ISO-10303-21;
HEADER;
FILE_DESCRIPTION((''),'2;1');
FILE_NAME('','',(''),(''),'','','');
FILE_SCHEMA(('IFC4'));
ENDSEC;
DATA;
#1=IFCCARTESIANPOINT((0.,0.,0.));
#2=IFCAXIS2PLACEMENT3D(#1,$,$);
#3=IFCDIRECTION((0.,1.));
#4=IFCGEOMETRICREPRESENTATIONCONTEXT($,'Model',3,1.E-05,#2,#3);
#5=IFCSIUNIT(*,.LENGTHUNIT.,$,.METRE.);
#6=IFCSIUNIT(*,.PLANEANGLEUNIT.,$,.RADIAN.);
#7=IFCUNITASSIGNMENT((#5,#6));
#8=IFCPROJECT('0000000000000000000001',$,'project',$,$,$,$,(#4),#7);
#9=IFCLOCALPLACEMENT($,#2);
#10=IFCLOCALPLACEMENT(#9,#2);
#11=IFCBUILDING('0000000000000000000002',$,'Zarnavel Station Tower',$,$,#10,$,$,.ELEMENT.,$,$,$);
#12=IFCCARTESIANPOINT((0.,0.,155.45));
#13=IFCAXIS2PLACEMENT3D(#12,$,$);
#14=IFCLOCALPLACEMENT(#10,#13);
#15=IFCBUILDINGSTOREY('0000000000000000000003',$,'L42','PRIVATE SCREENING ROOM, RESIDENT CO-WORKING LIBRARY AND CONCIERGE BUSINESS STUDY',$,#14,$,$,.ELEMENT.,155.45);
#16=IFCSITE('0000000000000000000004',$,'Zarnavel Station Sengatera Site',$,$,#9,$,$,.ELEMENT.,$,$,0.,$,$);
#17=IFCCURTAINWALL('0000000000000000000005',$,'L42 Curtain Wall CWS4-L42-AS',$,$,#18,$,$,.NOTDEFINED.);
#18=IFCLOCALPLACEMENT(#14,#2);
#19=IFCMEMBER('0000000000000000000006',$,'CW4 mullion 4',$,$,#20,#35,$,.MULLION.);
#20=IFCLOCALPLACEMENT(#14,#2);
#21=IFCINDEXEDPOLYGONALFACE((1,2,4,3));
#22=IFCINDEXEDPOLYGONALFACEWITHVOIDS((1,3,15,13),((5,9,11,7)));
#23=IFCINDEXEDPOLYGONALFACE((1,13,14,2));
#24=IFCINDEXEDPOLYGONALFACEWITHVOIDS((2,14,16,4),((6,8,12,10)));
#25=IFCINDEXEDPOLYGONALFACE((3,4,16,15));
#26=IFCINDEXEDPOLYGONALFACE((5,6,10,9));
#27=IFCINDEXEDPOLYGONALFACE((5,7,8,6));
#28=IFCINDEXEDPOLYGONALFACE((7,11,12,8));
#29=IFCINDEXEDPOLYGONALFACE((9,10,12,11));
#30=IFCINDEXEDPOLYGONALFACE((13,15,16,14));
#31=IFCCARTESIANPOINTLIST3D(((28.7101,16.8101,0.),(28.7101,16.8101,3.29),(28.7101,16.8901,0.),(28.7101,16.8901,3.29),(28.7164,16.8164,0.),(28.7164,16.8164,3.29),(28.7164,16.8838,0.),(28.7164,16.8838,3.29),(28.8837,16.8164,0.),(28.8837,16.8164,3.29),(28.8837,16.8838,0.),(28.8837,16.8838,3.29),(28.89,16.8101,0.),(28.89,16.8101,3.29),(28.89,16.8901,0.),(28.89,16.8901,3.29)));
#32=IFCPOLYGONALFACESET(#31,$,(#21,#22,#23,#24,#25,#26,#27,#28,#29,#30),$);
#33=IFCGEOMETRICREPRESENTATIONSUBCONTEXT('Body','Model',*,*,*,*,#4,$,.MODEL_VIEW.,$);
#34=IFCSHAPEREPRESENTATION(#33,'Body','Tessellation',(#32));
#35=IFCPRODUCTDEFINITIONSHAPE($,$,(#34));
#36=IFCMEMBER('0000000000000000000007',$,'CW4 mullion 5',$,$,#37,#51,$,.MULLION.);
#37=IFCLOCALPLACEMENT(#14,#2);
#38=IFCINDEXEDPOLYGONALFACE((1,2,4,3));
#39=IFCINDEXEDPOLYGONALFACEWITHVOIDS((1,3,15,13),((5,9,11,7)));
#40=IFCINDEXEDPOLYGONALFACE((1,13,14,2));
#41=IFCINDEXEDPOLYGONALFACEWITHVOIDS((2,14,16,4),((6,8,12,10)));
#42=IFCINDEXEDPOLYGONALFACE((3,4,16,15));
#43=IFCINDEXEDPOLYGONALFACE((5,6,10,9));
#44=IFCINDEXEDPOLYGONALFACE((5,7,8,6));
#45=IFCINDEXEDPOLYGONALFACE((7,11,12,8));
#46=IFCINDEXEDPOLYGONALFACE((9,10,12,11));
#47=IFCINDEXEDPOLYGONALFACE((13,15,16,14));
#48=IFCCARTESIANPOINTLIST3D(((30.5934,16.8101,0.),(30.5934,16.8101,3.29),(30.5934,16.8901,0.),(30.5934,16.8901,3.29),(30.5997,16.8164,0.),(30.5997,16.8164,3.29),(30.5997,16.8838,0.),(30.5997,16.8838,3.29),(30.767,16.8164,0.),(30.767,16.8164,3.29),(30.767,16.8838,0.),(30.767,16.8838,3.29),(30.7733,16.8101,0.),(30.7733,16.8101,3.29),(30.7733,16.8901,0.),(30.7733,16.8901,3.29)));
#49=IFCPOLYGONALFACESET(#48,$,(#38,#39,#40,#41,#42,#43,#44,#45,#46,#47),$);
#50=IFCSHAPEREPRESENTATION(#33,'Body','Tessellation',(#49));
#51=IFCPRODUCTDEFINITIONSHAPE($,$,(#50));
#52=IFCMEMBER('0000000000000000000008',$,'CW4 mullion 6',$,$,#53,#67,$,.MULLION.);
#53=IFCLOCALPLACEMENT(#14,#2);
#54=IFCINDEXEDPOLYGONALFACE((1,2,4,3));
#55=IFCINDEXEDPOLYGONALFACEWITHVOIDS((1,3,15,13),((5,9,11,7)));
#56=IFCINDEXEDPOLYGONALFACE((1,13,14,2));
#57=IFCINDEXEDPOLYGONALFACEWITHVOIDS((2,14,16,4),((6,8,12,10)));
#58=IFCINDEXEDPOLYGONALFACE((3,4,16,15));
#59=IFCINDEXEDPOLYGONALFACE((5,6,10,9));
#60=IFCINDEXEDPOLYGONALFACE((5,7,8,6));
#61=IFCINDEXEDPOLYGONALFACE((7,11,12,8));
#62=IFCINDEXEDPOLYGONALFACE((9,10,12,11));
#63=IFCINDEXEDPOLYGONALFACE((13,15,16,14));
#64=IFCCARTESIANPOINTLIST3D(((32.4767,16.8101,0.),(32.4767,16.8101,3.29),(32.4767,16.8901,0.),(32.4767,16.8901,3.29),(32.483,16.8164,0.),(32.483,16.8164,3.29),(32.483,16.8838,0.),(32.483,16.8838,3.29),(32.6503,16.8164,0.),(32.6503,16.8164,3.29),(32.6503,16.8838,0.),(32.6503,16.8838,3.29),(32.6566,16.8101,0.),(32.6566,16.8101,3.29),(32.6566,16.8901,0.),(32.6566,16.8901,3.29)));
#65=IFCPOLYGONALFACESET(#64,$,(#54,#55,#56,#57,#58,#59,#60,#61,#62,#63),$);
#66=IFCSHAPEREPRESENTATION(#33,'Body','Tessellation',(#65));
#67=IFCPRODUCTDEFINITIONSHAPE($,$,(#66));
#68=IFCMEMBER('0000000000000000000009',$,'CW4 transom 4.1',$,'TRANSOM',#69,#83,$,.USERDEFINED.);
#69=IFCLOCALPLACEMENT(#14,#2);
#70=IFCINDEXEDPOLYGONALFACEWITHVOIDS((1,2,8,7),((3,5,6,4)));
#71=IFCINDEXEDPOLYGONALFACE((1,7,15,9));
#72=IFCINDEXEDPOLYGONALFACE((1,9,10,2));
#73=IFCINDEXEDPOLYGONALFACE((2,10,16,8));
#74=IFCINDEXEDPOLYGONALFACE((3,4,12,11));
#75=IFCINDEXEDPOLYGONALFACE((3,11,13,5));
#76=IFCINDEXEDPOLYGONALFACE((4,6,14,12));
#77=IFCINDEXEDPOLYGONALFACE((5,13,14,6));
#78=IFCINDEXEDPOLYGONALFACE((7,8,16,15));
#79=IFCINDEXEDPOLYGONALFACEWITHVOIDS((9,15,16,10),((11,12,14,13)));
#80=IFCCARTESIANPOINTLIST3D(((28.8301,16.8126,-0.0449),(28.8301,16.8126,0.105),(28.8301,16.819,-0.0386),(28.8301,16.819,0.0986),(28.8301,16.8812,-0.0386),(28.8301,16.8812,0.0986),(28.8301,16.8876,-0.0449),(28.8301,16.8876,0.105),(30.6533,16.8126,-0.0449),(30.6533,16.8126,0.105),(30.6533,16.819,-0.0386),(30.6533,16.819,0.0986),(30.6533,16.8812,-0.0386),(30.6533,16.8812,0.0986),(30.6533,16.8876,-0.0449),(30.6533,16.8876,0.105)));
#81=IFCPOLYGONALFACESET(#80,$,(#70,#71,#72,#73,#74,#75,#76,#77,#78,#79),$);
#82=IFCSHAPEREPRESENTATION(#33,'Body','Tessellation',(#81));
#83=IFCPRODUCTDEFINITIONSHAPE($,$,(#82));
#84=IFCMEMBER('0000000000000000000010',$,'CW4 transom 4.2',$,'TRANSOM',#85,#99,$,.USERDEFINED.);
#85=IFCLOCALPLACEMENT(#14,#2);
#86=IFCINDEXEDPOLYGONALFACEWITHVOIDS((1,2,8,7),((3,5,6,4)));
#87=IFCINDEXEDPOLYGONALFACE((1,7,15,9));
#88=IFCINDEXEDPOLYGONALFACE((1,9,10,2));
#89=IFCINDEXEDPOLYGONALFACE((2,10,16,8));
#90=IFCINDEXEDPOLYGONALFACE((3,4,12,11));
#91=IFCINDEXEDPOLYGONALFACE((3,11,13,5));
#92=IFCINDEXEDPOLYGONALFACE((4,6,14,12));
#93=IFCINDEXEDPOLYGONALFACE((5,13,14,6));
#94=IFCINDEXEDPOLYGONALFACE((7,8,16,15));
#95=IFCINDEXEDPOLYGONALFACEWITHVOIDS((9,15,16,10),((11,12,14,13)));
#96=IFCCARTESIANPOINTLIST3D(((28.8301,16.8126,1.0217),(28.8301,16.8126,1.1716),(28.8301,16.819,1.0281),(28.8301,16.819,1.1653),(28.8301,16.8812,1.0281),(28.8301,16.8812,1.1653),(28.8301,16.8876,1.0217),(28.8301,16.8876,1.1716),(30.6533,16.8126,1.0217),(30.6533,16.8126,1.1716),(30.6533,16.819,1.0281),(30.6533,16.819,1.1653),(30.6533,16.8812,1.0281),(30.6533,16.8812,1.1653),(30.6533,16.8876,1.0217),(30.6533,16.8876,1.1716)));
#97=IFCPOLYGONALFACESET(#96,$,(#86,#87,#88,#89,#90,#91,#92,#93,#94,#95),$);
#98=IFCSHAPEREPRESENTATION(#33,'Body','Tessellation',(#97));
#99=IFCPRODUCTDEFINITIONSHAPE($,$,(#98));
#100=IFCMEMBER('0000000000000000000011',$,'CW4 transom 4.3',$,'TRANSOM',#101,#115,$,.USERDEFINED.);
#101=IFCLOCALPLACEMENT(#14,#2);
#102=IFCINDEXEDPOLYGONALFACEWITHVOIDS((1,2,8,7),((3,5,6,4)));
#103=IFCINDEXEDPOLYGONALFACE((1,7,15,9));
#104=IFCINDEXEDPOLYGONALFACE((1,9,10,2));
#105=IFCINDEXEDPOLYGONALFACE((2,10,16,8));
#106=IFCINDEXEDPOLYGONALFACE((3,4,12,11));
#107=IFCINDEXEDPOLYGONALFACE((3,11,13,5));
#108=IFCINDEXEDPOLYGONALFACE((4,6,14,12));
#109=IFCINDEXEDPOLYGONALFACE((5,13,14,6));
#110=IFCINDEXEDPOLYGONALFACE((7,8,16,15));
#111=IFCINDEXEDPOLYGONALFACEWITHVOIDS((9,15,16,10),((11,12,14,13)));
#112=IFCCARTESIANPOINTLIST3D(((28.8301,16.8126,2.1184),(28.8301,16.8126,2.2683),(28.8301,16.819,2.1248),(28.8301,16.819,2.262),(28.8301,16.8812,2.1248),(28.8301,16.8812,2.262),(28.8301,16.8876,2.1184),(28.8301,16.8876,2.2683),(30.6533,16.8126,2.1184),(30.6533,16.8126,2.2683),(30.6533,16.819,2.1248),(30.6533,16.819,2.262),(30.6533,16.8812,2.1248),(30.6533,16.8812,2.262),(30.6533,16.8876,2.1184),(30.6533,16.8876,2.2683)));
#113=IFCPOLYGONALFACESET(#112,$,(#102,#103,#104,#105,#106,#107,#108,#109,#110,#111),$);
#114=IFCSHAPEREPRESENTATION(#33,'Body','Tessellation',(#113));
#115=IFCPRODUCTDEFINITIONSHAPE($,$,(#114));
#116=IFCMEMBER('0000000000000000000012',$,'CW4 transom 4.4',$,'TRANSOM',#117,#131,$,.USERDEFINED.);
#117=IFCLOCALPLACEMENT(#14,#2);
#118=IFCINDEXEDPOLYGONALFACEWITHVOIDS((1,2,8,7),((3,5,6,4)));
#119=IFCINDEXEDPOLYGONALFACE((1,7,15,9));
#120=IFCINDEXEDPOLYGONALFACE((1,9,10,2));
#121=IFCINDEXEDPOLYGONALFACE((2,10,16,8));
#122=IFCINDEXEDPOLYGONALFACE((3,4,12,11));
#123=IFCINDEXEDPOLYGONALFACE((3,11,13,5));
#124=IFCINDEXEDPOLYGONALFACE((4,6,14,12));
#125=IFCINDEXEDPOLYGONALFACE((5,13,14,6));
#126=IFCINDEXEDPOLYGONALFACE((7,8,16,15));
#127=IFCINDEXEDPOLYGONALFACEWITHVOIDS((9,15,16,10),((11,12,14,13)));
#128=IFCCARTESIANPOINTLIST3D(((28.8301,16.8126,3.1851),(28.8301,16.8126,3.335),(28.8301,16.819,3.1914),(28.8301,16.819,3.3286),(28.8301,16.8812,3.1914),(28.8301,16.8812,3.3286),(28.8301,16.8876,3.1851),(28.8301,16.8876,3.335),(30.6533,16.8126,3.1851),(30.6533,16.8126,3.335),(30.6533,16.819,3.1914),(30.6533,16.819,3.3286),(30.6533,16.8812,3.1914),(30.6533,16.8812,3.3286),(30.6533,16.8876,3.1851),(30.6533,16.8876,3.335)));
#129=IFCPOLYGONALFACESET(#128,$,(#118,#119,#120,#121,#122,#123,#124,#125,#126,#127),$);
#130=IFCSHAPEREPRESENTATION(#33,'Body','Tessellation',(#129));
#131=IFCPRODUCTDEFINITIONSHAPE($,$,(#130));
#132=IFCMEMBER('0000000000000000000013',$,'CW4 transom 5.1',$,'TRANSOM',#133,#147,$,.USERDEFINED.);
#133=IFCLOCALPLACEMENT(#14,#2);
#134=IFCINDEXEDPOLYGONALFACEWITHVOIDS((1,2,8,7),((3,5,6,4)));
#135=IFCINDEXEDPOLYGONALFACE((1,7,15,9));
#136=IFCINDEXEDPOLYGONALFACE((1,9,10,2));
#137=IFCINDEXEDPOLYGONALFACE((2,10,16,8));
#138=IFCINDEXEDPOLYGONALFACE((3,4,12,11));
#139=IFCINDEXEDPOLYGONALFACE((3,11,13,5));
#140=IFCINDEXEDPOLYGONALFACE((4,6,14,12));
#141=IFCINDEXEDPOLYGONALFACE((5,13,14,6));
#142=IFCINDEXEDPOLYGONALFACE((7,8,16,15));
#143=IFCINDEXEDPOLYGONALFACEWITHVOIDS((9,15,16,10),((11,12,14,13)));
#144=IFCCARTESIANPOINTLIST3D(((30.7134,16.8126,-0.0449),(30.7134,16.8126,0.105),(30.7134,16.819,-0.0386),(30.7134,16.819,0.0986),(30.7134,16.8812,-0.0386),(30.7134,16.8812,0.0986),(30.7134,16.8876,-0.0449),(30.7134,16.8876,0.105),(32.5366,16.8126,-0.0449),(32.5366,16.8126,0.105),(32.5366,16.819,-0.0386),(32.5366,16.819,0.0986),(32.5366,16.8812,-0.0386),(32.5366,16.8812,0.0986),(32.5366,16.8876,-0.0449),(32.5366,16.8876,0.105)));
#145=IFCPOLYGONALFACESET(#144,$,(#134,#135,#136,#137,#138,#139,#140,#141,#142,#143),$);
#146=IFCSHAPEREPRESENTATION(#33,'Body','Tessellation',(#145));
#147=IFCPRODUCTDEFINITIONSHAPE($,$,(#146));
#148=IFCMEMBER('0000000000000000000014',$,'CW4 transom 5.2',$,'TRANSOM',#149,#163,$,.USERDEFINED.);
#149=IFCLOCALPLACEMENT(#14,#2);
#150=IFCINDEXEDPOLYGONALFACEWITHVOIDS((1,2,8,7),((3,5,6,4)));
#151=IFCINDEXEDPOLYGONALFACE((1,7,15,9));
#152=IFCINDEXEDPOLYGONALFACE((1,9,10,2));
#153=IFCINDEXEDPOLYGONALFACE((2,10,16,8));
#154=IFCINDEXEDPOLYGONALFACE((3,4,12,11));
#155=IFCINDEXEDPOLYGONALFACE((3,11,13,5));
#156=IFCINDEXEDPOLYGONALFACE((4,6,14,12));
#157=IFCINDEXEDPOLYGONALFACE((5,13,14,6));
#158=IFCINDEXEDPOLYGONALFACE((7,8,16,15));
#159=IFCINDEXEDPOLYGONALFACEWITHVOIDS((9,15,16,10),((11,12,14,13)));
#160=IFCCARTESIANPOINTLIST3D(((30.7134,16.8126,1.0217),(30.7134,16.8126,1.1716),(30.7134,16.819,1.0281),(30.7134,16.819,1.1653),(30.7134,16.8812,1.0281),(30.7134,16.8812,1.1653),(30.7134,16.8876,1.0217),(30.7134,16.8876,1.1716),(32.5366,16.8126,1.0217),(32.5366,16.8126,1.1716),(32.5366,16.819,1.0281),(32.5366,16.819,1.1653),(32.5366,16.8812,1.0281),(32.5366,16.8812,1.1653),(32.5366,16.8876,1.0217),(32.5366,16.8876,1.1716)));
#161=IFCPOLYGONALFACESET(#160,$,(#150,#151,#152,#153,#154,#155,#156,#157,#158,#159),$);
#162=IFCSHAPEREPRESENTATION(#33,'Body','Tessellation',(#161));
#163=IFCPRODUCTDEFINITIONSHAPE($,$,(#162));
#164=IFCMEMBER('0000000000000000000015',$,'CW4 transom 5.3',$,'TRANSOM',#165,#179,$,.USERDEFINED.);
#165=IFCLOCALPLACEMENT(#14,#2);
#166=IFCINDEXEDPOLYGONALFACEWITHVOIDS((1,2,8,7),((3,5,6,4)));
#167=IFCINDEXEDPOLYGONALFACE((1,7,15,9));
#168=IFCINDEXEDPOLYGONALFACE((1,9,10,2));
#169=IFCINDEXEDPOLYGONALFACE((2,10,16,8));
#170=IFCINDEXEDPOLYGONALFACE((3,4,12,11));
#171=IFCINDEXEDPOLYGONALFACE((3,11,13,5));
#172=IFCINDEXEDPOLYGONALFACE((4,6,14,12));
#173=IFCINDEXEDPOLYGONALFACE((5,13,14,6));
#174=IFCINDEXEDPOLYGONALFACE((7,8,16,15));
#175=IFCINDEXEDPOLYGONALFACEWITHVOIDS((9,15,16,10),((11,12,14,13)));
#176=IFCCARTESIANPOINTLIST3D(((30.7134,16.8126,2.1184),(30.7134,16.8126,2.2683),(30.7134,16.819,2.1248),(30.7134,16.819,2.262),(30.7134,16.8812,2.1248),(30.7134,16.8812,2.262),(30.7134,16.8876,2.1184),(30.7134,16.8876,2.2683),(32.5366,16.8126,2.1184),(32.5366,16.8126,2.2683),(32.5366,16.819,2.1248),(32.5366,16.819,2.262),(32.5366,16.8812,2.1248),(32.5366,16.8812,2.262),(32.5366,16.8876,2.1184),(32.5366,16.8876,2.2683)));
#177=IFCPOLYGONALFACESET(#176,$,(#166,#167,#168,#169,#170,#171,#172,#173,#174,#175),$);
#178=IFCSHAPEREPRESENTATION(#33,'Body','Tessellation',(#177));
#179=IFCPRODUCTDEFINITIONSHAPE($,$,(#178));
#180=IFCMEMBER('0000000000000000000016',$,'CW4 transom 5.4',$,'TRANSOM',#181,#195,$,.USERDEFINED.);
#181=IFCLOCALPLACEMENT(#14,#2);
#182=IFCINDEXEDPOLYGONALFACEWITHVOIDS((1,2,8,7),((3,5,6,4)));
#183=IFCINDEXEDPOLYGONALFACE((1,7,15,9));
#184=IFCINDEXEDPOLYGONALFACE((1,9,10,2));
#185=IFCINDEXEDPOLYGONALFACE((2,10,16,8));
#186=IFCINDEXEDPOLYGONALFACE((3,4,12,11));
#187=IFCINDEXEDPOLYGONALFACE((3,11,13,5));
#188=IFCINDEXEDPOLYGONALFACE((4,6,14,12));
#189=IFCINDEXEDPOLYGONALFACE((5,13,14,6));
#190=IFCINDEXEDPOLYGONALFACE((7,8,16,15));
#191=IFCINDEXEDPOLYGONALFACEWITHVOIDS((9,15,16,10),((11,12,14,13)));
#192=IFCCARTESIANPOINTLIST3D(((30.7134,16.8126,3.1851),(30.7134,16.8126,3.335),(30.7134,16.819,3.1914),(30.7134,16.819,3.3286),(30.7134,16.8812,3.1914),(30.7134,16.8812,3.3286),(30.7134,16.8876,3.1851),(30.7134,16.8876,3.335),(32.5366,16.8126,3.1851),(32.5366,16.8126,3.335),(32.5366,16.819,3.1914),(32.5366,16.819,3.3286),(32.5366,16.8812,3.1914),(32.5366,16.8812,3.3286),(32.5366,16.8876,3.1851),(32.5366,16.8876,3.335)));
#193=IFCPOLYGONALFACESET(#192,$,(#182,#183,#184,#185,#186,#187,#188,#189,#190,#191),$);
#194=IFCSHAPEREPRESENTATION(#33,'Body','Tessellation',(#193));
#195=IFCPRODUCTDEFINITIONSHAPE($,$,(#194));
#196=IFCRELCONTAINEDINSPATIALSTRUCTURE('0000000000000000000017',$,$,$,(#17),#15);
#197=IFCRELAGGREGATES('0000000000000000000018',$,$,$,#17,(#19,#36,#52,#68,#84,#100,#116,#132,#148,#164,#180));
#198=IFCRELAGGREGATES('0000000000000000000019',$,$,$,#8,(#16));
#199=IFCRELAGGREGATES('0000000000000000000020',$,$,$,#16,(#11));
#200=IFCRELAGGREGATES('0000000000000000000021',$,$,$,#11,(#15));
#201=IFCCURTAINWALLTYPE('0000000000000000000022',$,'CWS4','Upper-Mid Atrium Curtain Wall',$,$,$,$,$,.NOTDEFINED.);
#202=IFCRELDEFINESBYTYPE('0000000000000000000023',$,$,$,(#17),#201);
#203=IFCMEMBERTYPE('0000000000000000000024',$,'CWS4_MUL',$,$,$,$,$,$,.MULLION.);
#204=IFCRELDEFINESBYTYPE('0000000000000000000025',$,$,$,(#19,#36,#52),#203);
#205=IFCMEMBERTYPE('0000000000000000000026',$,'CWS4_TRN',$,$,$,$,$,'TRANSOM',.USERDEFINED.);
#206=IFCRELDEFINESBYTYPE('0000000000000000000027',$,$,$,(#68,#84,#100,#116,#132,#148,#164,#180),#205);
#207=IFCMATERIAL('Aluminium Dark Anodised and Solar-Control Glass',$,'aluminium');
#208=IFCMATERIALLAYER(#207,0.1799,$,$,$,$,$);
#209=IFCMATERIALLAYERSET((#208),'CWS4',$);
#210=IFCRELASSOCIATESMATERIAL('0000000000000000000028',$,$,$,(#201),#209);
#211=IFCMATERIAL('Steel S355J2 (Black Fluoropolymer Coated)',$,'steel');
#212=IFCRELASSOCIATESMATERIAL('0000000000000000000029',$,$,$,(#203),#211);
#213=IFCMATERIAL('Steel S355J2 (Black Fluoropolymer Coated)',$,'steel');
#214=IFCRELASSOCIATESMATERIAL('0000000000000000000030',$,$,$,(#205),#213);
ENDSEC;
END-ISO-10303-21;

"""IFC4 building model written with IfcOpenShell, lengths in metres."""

from ifc_helpers import new_model, si_unit, direction, frame, origin, origin_2d, place, context, subcontext, project, spatial, hollow_rectangle, extrude, material, layer, layer_set, material_profile, profile_set, type_object, element, aggregate, save


model = new_model("IFC4")

# Units and contexts
model_context = context("Model", 3, precision=1e-05, world=origin(), true_north=direction((0.0, 1.0)))
body_context = subcontext(model_context, "Body", "Model", "MODEL_VIEW")
ifc_project = project(units=[si_unit("LENGTHUNIT", "METRE"), si_unit("PLANEANGLEUNIT", "RADIAN")], contexts=[model_context])

# Site, building, storey
site_placement = place(None, origin())
site = spatial("IfcSite", under=ifc_project, at=site_placement, Name="Zarnavel Station Sengatera Site", CompositionType="ELEMENT", RefElevation=0.0)
building_placement = place(site_placement, origin())
building = spatial("IfcBuilding", under=site, at=building_placement, Name="Zarnavel Station Tower", CompositionType="ELEMENT")
storey_placement = place(building_placement, frame((0.0, 0.0, 155.45)))
storey = spatial("IfcBuildingStorey", under=building, at=storey_placement, Name="L42", Description="PRIVATE SCREENING ROOM, RESIDENT CO-WORKING LIBRARY AND CONCIERGE BUSINESS STUDY", CompositionType="ELEMENT", Elevation=155.45)

# Curtain wall, members
ifc_material_1 = material(Name="Aluminium Dark Anodised and Solar-Control Glass", Category="aluminium")
ifc_layer_1 = layer(ifc_material_1, 0.1799)
ifc_layer_set_1 = layer_set([ifc_layer_1], Name="CWS4")
curtain_wall_type_1 = type_object("IfcCurtainWallType", Name="CWS4", Description="Upper-Mid Atrium Curtain Wall", PredefinedType="NOTDEFINED", material=ifc_layer_set_1)
curtain_wall_1_placement = place(storey_placement, origin())
curtain_wall_1 = element("IfcCurtainWall", 1, at=curtain_wall_1_placement, inside=storey, type_object=curtain_wall_type_1, Name="L42 Curtain Wall CWS4-L42-AS", PredefinedType="NOTDEFINED")
ifc_material_2 = material(Name="Steel S355J2 (Black Fluoropolymer Coated)", Category="steel")
ifc_material_profile_1 = material_profile(ifc_material_2, hollow_rectangle(XDim=0.0801, YDim=0.1799, WallThickness=0.0063, at=origin_2d()), Name="RHS180x80x6.3")
ifc_profile_set_1 = profile_set([ifc_material_profile_1], Name="Steel S355J2 (Black Fluoropolymer Coated)")
member_type_1 = type_object("IfcMemberType", Name="CWS4_MUL", PredefinedType="MULLION", material=ifc_profile_set_1)
member_1_placement = place(storey_placement, frame((28.8, 16.8501, 0.0), z_axis=(0.0, 0.0, 1.0), x_axis=(0.0, 1.0, 0.0)))
member_1 = element("IfcMember", 2, at=member_1_placement, type_object=member_type_1, Name="CW4 mullion 4", PredefinedType="MULLION", context=body_context, shape_type="SweptSolid", body=[
    extrude(hollow_rectangle(XDim=0.0801, YDim=0.1799, WallThickness=0.0063, at=origin_2d()), origin(), (0.0, 0.0, 1.0), 3.29),
])
member_2_placement = place(storey_placement, frame((30.6833, 16.8501, 0.0), z_axis=(0.0, 0.0, 1.0), x_axis=(0.0, 1.0, 0.0)))
member_2 = element("IfcMember", 3, at=member_2_placement, type_object=member_type_1, Name="CW4 mullion 5", PredefinedType="MULLION", context=body_context, shape_type="SweptSolid", body=[
    extrude(hollow_rectangle(XDim=0.0801, YDim=0.1799, WallThickness=0.0063, at=origin_2d()), origin(), (0.0, 0.0, 1.0), 3.29),
])
member_3_placement = place(storey_placement, frame((32.5667, 16.8501, 0.0), z_axis=(0.0, 0.0, 1.0), x_axis=(0.0, 1.0, 0.0)))
member_3 = element("IfcMember", 4, at=member_3_placement, type_object=member_type_1, Name="CW4 mullion 6", PredefinedType="MULLION", context=body_context, shape_type="SweptSolid", body=[
    extrude(hollow_rectangle(XDim=0.0801, YDim=0.1799, WallThickness=0.0063, at=origin_2d()), origin(), (0.0, 0.0, 1.0), 3.29),
])
ifc_material_3 = material(Name="Steel S355J2 (Black Fluoropolymer Coated)", Category="steel")
ifc_material_profile_2 = material_profile(ifc_material_3, hollow_rectangle(XDim=0.075, YDim=0.1499, WallThickness=0.0063, at=origin_2d()), Name="RHS150x75x6.3")
ifc_profile_set_2 = profile_set([ifc_material_profile_2], Name="Steel S355J2 (Black Fluoropolymer Coated)")
member_type_2 = type_object("IfcMemberType", Name="CWS4_TRN", ElementType="TRANSOM", PredefinedType="USERDEFINED", material=ifc_profile_set_2)
member_4_placement = place(storey_placement, frame((28.8301, 16.8501, 0.03), z_axis=(1.0, 0.0, 0.0), x_axis=(0.0, 1.0, 0.0)))
member_4 = element("IfcMember", 5, at=member_4_placement, type_object=member_type_2, Name="CW4 transom 4.1", ObjectType="TRANSOM", PredefinedType="USERDEFINED", context=body_context, shape_type="SweptSolid", body=[
    extrude(hollow_rectangle(XDim=0.075, YDim=0.1499, WallThickness=0.0063, at=origin_2d()), origin(), (0.0, 0.0, 1.0), 1.8232),
])
member_5_placement = place(storey_placement, frame((28.8301, 16.8501, 1.0967), z_axis=(1.0, 0.0, 0.0), x_axis=(0.0, 1.0, 0.0)))
member_5 = element("IfcMember", 6, at=member_5_placement, type_object=member_type_2, Name="CW4 transom 4.2", ObjectType="TRANSOM", PredefinedType="USERDEFINED", context=body_context, shape_type="SweptSolid", body=[
    extrude(hollow_rectangle(XDim=0.075, YDim=0.1499, WallThickness=0.0063, at=origin_2d()), origin(), (0.0, 0.0, 1.0), 1.8232),
])
member_6_placement = place(storey_placement, frame((28.8301, 16.8501, 2.1934), z_axis=(1.0, 0.0, 0.0), x_axis=(0.0, 1.0, 0.0)))
member_6 = element("IfcMember", 7, at=member_6_placement, type_object=member_type_2, Name="CW4 transom 4.3", ObjectType="TRANSOM", PredefinedType="USERDEFINED", context=body_context, shape_type="SweptSolid", body=[
    extrude(hollow_rectangle(XDim=0.075, YDim=0.1499, WallThickness=0.0063, at=origin_2d()), origin(), (0.0, 0.0, 1.0), 1.8232),
])
member_7_placement = place(storey_placement, frame((28.8301, 16.8501, 3.26), z_axis=(1.0, 0.0, 0.0), x_axis=(0.0, 1.0, 0.0)))
member_7 = element("IfcMember", 8, at=member_7_placement, type_object=member_type_2, Name="CW4 transom 4.4", ObjectType="TRANSOM", PredefinedType="USERDEFINED", context=body_context, shape_type="SweptSolid", body=[
    extrude(hollow_rectangle(XDim=0.075, YDim=0.1499, WallThickness=0.0063, at=origin_2d()), origin(), (0.0, 0.0, 1.0), 1.8232),
])
member_8_placement = place(storey_placement, frame((30.7134, 16.8501, 0.03), z_axis=(1.0, 0.0, 0.0), x_axis=(0.0, 1.0, 0.0)))
member_8 = element("IfcMember", 9, at=member_8_placement, type_object=member_type_2, Name="CW4 transom 5.1", ObjectType="TRANSOM", PredefinedType="USERDEFINED", context=body_context, shape_type="SweptSolid", body=[
    extrude(hollow_rectangle(XDim=0.075, YDim=0.1499, WallThickness=0.0063, at=origin_2d()), origin(), (0.0, 0.0, 1.0), 1.8232),
])
member_9_placement = place(storey_placement, frame((30.7134, 16.8501, 1.0967), z_axis=(1.0, 0.0, 0.0), x_axis=(0.0, 1.0, 0.0)))
member_9 = element("IfcMember", 10, at=member_9_placement, type_object=member_type_2, Name="CW4 transom 5.2", ObjectType="TRANSOM", PredefinedType="USERDEFINED", context=body_context, shape_type="SweptSolid", body=[
    extrude(hollow_rectangle(XDim=0.075, YDim=0.1499, WallThickness=0.0063, at=origin_2d()), origin(), (0.0, 0.0, 1.0), 1.8232),
])
member_10_placement = place(storey_placement, frame((30.7134, 16.8501, 2.1934), z_axis=(1.0, 0.0, 0.0), x_axis=(0.0, 1.0, 0.0)))
member_10 = element("IfcMember", 11, at=member_10_placement, type_object=member_type_2, Name="CW4 transom 5.3", ObjectType="TRANSOM", PredefinedType="USERDEFINED", context=body_context, shape_type="SweptSolid", body=[
    extrude(hollow_rectangle(XDim=0.075, YDim=0.1499, WallThickness=0.0063, at=origin_2d()), origin(), (0.0, 0.0, 1.0), 1.8232),
])
member_11_placement = place(storey_placement, frame((30.7134, 16.8501, 3.26), z_axis=(1.0, 0.0, 0.0), x_axis=(0.0, 1.0, 0.0)))
member_11 = element("IfcMember", 12, at=member_11_placement, type_object=member_type_2, Name="CW4 transom 5.4", ObjectType="TRANSOM", PredefinedType="USERDEFINED", context=body_context, shape_type="SweptSolid", body=[
    extrude(hollow_rectangle(XDim=0.075, YDim=0.1499, WallThickness=0.0063, at=origin_2d()), origin(), (0.0, 0.0, 1.0), 1.8232),
])

aggregate(curtain_wall_1, [member_1, member_2, member_3, member_4, member_5, member_6, member_7, member_8, member_9, member_10, member_11])

save(model, "model.ifc")
